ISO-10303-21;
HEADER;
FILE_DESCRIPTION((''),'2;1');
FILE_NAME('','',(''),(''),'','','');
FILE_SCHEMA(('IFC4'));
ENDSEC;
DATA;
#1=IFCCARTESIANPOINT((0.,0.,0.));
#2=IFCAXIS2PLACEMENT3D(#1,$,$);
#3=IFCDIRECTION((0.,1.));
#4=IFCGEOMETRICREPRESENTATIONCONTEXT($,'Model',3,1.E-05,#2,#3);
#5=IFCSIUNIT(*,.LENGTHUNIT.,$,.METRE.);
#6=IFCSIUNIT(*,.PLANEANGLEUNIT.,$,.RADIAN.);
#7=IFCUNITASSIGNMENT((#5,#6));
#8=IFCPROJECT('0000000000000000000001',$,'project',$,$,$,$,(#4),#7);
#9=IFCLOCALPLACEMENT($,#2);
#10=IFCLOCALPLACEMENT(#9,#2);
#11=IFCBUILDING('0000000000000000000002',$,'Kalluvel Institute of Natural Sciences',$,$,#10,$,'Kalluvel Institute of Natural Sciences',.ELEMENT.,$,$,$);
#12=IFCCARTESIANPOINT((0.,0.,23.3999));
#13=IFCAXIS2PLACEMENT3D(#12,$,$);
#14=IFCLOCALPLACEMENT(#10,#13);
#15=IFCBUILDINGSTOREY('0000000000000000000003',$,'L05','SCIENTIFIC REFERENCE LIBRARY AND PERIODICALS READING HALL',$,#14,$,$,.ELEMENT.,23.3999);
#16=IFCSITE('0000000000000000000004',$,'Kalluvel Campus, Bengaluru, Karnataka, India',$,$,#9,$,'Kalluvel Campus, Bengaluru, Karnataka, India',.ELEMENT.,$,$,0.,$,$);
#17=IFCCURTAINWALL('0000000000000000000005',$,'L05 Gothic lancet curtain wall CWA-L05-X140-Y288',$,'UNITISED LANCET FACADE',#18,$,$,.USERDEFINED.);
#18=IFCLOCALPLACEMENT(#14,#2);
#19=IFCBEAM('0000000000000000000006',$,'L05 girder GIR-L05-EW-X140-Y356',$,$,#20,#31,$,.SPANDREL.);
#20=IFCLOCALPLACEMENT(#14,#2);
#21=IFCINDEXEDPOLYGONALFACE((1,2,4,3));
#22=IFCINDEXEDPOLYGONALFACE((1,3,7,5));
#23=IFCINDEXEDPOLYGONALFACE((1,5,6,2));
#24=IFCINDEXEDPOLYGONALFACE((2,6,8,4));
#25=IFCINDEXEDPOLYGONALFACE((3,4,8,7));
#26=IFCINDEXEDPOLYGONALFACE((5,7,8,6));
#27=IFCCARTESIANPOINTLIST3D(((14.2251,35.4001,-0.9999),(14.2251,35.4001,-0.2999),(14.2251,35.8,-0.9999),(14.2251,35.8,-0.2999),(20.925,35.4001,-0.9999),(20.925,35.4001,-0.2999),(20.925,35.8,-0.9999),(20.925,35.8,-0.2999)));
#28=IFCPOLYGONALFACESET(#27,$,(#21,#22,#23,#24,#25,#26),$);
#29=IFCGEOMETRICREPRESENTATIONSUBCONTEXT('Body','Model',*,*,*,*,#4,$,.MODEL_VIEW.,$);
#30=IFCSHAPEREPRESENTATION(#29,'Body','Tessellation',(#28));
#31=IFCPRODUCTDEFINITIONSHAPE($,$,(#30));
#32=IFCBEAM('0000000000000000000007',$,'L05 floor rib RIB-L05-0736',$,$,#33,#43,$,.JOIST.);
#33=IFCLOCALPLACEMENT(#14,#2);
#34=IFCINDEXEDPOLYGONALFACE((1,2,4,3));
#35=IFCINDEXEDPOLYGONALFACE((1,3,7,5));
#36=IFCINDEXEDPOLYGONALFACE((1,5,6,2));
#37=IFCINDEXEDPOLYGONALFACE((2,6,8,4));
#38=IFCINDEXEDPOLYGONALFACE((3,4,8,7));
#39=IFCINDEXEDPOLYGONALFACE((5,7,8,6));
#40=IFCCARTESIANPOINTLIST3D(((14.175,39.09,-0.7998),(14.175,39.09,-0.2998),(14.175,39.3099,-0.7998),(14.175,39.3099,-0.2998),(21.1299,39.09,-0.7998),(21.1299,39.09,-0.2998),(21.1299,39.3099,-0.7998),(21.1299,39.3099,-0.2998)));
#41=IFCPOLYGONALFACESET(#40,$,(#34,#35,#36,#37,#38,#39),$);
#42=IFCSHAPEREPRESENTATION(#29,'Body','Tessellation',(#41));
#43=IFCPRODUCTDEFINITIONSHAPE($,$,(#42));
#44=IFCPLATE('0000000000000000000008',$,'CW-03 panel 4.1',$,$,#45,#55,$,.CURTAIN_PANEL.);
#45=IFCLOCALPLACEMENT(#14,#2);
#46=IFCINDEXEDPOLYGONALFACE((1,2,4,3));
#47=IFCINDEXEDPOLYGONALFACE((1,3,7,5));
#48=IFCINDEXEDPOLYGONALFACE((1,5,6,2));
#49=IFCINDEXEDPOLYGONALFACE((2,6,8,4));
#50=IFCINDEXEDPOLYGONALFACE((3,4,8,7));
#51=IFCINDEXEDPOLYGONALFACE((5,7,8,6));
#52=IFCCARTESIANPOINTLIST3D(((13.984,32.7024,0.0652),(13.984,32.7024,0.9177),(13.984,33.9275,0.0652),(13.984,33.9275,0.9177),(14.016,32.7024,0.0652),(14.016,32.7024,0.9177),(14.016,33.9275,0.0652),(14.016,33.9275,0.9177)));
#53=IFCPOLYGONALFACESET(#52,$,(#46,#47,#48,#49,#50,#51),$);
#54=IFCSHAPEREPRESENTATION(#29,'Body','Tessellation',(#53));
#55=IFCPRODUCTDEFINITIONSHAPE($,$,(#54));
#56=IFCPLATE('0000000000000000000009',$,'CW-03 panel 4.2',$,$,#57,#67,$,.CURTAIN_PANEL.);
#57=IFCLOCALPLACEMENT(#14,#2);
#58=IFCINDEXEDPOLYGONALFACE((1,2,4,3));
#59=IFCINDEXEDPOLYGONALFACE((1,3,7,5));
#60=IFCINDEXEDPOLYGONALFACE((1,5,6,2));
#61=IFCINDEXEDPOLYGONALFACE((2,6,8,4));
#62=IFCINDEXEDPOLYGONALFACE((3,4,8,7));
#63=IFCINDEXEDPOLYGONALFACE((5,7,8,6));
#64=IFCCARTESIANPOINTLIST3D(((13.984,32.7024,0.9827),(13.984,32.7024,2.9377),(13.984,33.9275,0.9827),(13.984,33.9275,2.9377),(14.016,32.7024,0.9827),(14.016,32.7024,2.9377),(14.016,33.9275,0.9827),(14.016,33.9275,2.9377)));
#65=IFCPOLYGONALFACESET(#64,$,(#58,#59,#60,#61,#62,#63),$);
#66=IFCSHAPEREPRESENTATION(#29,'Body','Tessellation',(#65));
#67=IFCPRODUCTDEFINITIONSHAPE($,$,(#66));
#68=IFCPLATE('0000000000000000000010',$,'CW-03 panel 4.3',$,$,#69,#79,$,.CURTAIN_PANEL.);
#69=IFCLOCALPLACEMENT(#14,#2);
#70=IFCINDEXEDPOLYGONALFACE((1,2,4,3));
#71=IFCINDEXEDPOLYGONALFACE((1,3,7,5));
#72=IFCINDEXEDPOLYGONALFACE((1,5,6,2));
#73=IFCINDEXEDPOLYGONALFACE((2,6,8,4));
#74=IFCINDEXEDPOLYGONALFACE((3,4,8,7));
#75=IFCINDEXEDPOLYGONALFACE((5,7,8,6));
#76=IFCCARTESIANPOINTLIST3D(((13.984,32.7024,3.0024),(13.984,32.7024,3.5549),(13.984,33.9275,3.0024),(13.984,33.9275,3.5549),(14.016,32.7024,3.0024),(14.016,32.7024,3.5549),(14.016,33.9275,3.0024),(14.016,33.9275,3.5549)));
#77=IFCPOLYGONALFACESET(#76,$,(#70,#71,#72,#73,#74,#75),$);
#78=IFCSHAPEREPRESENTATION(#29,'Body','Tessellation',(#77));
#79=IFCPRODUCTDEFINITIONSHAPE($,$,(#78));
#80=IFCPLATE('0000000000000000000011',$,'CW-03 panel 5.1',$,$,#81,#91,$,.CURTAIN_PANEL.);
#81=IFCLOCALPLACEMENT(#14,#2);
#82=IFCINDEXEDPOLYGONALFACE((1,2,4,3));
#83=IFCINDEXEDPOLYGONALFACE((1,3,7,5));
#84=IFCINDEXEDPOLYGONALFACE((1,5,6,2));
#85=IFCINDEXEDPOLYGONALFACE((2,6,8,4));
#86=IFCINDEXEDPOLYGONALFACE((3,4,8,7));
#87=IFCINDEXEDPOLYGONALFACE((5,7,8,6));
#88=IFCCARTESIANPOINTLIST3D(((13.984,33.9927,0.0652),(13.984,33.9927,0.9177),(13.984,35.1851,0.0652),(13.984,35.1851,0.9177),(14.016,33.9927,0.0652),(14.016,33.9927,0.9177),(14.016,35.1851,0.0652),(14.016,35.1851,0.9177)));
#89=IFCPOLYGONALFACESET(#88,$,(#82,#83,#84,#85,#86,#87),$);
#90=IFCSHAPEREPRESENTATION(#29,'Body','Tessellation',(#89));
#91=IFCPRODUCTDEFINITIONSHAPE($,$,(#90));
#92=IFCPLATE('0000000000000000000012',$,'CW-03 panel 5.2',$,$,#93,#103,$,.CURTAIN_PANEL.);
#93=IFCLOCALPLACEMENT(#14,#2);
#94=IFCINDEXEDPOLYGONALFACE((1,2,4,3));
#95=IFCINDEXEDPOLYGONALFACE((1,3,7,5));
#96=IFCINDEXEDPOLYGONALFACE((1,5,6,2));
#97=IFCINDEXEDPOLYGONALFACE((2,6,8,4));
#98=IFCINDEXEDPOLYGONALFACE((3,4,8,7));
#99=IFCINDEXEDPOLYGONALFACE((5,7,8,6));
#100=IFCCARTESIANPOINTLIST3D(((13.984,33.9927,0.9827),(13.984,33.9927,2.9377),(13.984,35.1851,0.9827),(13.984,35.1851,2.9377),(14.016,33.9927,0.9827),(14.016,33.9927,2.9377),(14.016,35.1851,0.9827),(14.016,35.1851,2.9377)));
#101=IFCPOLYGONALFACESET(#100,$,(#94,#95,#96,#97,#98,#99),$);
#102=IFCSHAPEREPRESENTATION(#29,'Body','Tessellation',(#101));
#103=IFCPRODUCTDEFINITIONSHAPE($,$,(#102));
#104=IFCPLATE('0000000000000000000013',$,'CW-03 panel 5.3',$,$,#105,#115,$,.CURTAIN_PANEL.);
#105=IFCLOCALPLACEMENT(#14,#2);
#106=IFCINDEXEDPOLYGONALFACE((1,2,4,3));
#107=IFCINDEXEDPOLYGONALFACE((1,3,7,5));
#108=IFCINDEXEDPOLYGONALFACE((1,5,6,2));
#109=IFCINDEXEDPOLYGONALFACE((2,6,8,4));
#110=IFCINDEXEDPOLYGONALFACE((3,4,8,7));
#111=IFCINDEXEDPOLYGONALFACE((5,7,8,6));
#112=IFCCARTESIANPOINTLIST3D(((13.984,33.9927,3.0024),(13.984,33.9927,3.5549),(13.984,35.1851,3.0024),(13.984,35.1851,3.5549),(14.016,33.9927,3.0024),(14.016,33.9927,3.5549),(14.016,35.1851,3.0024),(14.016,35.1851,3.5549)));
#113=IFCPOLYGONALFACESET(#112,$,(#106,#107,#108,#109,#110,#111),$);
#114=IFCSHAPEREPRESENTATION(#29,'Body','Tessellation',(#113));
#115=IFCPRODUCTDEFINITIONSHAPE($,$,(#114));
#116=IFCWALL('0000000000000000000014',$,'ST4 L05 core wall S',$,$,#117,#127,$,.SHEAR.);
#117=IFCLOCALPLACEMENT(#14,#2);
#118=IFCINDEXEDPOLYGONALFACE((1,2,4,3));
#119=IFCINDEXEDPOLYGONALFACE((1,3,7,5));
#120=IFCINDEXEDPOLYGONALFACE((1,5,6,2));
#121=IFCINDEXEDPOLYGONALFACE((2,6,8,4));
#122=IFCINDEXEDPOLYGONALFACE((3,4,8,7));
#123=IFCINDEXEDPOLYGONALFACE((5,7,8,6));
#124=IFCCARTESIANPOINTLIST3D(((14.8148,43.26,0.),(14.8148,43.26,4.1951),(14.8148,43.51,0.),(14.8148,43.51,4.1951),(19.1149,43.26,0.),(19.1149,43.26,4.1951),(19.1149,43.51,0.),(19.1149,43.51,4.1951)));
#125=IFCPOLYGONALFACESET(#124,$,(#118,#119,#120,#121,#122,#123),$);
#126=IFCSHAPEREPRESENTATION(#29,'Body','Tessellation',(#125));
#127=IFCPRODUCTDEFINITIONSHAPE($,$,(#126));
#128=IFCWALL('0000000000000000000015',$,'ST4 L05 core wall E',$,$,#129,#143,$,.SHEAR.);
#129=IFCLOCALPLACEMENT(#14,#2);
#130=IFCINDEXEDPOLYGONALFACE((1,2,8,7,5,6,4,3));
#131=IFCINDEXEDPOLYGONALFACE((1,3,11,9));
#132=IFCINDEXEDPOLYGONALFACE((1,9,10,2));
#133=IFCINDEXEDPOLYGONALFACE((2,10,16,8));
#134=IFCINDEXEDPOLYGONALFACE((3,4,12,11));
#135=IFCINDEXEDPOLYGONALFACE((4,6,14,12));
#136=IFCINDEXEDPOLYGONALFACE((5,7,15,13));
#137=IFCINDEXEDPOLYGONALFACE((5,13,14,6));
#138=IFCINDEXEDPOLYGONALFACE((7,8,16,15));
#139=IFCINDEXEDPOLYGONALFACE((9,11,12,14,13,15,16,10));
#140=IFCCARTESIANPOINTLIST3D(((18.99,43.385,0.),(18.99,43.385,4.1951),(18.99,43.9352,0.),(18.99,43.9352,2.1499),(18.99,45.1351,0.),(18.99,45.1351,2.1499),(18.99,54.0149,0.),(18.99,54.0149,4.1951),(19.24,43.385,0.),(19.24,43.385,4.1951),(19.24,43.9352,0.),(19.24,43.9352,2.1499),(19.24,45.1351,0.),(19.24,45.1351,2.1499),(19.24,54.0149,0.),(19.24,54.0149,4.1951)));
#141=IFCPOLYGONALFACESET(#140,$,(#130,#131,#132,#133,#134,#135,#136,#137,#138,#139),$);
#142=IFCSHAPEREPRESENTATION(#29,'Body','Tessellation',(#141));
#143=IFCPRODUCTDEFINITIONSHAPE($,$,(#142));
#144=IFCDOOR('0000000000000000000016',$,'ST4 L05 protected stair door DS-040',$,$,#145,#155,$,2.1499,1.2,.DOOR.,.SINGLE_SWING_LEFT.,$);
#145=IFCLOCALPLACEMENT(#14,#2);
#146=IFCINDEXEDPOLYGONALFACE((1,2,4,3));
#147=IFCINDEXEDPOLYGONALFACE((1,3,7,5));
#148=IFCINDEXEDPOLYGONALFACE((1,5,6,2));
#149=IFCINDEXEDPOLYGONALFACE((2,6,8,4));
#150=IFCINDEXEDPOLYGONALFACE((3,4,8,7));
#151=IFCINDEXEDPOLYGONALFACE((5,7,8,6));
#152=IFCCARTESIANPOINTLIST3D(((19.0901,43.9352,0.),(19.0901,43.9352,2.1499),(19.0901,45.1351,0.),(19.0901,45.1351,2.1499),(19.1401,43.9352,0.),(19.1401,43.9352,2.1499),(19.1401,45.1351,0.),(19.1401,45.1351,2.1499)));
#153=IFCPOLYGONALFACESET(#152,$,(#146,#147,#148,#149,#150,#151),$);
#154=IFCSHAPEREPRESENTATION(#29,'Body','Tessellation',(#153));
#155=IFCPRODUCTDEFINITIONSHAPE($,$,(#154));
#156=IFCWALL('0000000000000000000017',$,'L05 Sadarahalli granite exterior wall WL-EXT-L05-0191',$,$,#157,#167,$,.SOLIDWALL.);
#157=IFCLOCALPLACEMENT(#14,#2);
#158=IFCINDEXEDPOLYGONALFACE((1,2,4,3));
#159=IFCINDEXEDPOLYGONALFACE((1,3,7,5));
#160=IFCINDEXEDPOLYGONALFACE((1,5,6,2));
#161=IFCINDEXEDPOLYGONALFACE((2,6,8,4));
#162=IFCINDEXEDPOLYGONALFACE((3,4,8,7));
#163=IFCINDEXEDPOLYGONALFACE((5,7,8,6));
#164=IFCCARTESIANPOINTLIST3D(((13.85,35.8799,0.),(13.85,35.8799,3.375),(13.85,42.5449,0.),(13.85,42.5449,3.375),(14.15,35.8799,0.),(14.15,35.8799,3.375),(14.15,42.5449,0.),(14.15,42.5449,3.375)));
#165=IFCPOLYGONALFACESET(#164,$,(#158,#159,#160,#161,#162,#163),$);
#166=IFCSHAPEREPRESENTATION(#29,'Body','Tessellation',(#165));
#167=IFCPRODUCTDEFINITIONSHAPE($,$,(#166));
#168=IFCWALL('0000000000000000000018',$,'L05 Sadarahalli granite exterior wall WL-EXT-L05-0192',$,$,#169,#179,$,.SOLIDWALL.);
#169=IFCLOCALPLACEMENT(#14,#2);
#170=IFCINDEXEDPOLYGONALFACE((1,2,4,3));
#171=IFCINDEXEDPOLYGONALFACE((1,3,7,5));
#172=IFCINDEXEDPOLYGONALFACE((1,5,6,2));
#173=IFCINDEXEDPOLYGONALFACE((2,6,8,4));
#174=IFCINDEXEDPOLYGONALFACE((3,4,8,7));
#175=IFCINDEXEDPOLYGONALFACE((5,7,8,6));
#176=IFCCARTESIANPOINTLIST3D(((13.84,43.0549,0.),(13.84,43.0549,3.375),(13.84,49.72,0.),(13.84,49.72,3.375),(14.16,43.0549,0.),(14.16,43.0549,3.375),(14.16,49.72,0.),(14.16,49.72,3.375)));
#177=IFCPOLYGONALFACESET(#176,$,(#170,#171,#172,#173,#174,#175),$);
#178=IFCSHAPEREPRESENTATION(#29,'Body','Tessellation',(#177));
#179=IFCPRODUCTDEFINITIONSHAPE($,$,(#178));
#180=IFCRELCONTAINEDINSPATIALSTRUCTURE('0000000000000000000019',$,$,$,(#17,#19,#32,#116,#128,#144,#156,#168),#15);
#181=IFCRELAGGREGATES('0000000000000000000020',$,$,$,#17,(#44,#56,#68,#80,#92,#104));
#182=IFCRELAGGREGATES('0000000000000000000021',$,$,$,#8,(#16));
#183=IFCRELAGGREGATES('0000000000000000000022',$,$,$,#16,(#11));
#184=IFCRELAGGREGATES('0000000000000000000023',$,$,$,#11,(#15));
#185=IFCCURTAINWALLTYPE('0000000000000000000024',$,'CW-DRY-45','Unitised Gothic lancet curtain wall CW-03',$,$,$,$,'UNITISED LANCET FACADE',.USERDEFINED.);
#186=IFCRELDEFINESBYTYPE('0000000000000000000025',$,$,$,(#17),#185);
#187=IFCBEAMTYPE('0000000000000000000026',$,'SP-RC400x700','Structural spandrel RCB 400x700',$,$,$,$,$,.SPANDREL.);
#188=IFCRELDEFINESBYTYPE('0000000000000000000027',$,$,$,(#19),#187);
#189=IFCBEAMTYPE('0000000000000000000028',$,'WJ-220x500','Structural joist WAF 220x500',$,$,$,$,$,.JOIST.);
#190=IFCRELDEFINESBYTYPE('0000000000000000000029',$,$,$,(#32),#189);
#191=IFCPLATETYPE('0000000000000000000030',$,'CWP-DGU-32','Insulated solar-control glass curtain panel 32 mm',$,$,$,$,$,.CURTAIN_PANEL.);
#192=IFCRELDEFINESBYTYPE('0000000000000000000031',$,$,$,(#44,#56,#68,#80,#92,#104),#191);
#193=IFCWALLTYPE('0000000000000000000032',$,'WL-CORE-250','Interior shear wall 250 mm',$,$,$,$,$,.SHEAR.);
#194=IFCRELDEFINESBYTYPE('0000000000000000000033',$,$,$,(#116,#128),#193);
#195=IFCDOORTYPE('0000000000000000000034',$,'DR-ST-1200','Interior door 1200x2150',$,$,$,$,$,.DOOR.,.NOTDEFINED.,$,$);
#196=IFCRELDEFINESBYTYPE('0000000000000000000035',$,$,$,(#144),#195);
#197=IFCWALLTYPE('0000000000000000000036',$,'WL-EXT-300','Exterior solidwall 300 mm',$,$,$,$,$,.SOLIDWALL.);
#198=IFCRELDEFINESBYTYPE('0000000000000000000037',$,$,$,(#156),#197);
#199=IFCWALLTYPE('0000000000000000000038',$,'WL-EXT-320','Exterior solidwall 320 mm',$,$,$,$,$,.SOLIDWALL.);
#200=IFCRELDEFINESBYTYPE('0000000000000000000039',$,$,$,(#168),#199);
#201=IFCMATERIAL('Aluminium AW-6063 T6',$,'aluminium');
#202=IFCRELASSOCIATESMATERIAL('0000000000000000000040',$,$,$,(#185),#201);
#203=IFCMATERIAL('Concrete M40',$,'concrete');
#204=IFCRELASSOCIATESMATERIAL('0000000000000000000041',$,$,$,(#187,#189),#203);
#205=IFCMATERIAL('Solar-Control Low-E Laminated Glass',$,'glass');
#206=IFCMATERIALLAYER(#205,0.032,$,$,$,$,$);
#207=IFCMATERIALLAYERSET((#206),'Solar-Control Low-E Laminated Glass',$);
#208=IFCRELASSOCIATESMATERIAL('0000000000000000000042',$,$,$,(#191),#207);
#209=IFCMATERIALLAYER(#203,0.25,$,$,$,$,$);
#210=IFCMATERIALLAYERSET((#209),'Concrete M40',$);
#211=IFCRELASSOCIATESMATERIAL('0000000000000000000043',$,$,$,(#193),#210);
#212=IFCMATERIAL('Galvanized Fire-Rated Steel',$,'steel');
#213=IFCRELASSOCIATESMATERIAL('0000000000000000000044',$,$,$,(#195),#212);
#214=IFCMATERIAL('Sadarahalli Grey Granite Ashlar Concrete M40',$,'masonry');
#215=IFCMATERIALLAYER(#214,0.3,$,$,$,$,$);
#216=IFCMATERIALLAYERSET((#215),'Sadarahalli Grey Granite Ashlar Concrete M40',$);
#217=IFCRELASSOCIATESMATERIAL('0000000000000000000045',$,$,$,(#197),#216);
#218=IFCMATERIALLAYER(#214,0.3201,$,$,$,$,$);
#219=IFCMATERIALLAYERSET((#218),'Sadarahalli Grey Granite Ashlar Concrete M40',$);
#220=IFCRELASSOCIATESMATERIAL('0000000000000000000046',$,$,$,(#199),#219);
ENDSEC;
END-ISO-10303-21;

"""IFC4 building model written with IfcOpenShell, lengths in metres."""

from ifc_helpers import new_model, si_unit, direction, frame, frame_2d, origin, origin_2d, place, context, subcontext, project, spatial, rectangle, extrude, material, layer, layer_set, material_profile, profile_set, type_object, element, fill, aggregate, save


model = new_model("IFC4")

# Units and contexts
model_context = context("Model", 3, precision=1e-05, world=origin(), true_north=direction((0.0, 1.0)))
body_context = subcontext(model_context, "Body", "Model", "MODEL_VIEW")
ifc_project = project(units=[si_unit("LENGTHUNIT", "METRE"), si_unit("PLANEANGLEUNIT", "RADIAN")], contexts=[model_context])

# Site, building, storey
site_placement = place(None, origin())
site = spatial("IfcSite", under=ifc_project, at=site_placement, Name="Kalluvel Campus, Bengaluru, Karnataka, India", LongName="Kalluvel Campus, Bengaluru, Karnataka, India", CompositionType="ELEMENT", RefElevation=0.0)
building_placement = place(site_placement, origin())
building = spatial("IfcBuilding", under=site, at=building_placement, Name="Kalluvel Institute of Natural Sciences", LongName="Kalluvel Institute of Natural Sciences", CompositionType="ELEMENT")
storey_placement = place(building_placement, frame((0.0, 0.0, 23.3999)))
storey = spatial("IfcBuildingStorey", under=building, at=storey_placement, Name="L05", Description="SCIENTIFIC REFERENCE LIBRARY AND PERIODICALS READING HALL", CompositionType="ELEMENT", Elevation=23.3999)

# Shared definitions
ifc_material_1 = material(Name="Concrete M40", Category="concrete")

# Curtain wall
ifc_material_2 = material(Name="Aluminium AW-6063 T6", Category="aluminium")
curtain_wall_type = type_object("IfcCurtainWallType", Name="CW-DRY-45", Description="Unitised Gothic lancet curtain wall CW-03", ElementType="UNITISED LANCET FACADE", PredefinedType="USERDEFINED", material=ifc_material_2)
curtain_wall_placement = place(storey_placement, origin())
curtain_wall = element("IfcCurtainWall", 1, at=curtain_wall_placement, inside=storey, type_object=curtain_wall_type, Name="L05 Gothic lancet curtain wall CWA-L05-X140-Y288", ObjectType="UNITISED LANCET FACADE", PredefinedType="USERDEFINED")

# Beams
ifc_material_profile_1 = material_profile(ifc_material_1, rectangle(XDim=0.3999, YDim=0.7, at=origin_2d()), Name="RCB 400x700")
ifc_profile_set_1 = profile_set([ifc_material_profile_1], Name="Concrete M40")
beam_type_1 = type_object("IfcBeamType", Name="SP-RC400x700", Description="Structural spandrel RCB 400x700", PredefinedType="SPANDREL", material=ifc_profile_set_1)
beam_1_placement = place(storey_placement, frame((14.2251, 35.6001, -0.6499), z_axis=(1.0, 0.0, 0.0), x_axis=(0.0, 1.0, 0.0)))
element("IfcBeam", 2, at=beam_1_placement, inside=storey, type_object=beam_type_1, Name="L05 girder GIR-L05-EW-X140-Y356", PredefinedType="SPANDREL", context=body_context, shape_type="SweptSolid", body=[
    extrude(rectangle(XDim=0.3999, YDim=0.7, at=origin_2d()), origin(), (0.0, 0.0, 1.0), 6.7),
])
ifc_material_profile_2 = material_profile(ifc_material_1, rectangle(XDim=0.22, YDim=0.5, at=origin_2d()), Name="WAF 220x500")
ifc_profile_set_2 = profile_set([ifc_material_profile_2], Name="Concrete M40")
beam_type_2 = type_object("IfcBeamType", Name="WJ-220x500", Description="Structural joist WAF 220x500", PredefinedType="JOIST", material=ifc_profile_set_2)
beam_2_placement = place(storey_placement, frame((14.175, 39.2, -0.5498), z_axis=(1.0, 0.0, 0.0), x_axis=(0.0, 1.0, 0.0)))
element("IfcBeam", 3, at=beam_2_placement, inside=storey, type_object=beam_type_2, Name="L05 floor rib RIB-L05-0736", PredefinedType="JOIST", context=body_context, shape_type="SweptSolid", body=[
    extrude(rectangle(XDim=0.22, YDim=0.5, at=origin_2d()), origin(), (0.0, 0.0, 1.0), 6.9548),
])

# Plates
ifc_material_3 = material(Name="Solar-Control Low-E Laminated Glass", Category="glass")
ifc_layer_1 = layer(ifc_material_3, 0.032)
ifc_layer_set_1 = layer_set([ifc_layer_1], Name="Solar-Control Low-E Laminated Glass")
plate_type = type_object("IfcPlateType", Name="CWP-DGU-32", Description="Insulated solar-control glass curtain panel 32 mm", PredefinedType="CURTAIN_PANEL", material=ifc_layer_set_1)
plate_1_placement = place(storey_placement, frame((14.0, 33.3149, 0.0652), z_axis=(0.0, 0.0, 1.0), x_axis=(0.0, 1.0, 0.0)))
plate_1 = element("IfcPlate", 4, at=plate_1_placement, type_object=plate_type, Name="CW-03 panel 4.1", PredefinedType="CURTAIN_PANEL", context=body_context, shape_type="SweptSolid", body=[
    extrude(rectangle(XDim=1.2251, YDim=0.032, at=origin_2d()), origin(), (0.0, 0.0, 1.0), 0.8525),
])
plate_2_placement = place(storey_placement, frame((14.0, 33.3149, 0.9827), z_axis=(0.0, 0.0, 1.0), x_axis=(0.0, 1.0, 0.0)))
plate_2 = element("IfcPlate", 5, at=plate_2_placement, type_object=plate_type, Name="CW-03 panel 4.2", PredefinedType="CURTAIN_PANEL", context=body_context, shape_type="SweptSolid", body=[
    extrude(rectangle(XDim=1.2251, YDim=0.032, at=origin_2d()), origin(), (0.0, 0.0, 1.0), 1.9551),
])
plate_3_placement = place(storey_placement, frame((14.0, 33.3149, 3.0024), z_axis=(0.0, 0.0, 1.0), x_axis=(0.0, 1.0, 0.0)))
plate_3 = element("IfcPlate", 6, at=plate_3_placement, type_object=plate_type, Name="CW-03 panel 4.3", PredefinedType="CURTAIN_PANEL", context=body_context, shape_type="SweptSolid", body=[
    extrude(rectangle(XDim=1.2251, YDim=0.032, at=origin_2d()), origin(), (0.0, 0.0, 1.0), 0.5525),
])
plate_4_placement = place(storey_placement, frame((14.0, 34.5889, 0.0652), z_axis=(0.0, 0.0, 1.0), x_axis=(0.0, 1.0, 0.0)))
plate_4 = element("IfcPlate", 7, at=plate_4_placement, type_object=plate_type, Name="CW-03 panel 5.1", PredefinedType="CURTAIN_PANEL", context=body_context, shape_type="SweptSolid", body=[
    extrude(rectangle(XDim=1.1924, YDim=0.032, at=origin_2d()), origin(), (0.0, 0.0, 1.0), 0.8525),
])
plate_5_placement = place(storey_placement, frame((14.0, 34.5889, 0.9827), z_axis=(0.0, 0.0, 1.0), x_axis=(0.0, 1.0, 0.0)))
plate_5 = element("IfcPlate", 8, at=plate_5_placement, type_object=plate_type, Name="CW-03 panel 5.2", PredefinedType="CURTAIN_PANEL", context=body_context, shape_type="SweptSolid", body=[
    extrude(rectangle(XDim=1.1924, YDim=0.032, at=origin_2d()), origin(), (0.0, 0.0, 1.0), 1.9551),
])
plate_6_placement = place(storey_placement, frame((14.0, 34.5889, 3.0024), z_axis=(0.0, 0.0, 1.0), x_axis=(0.0, 1.0, 0.0)))
plate_6 = element("IfcPlate", 9, at=plate_6_placement, type_object=plate_type, Name="CW-03 panel 5.3", PredefinedType="CURTAIN_PANEL", context=body_context, shape_type="SweptSolid", body=[
    extrude(rectangle(XDim=1.1924, YDim=0.032, at=origin_2d()), origin(), (0.0, 0.0, 1.0), 0.5525),
])
aggregate(curtain_wall, [plate_1, plate_2, plate_3, plate_4, plate_5, plate_6])

# Wall
ifc_layer_2 = layer(ifc_material_1, 0.25)
ifc_layer_set_2 = layer_set([ifc_layer_2], Name="Concrete M40")
wall_type_1 = type_object("IfcWallType", Name="WL-CORE-250", Description="Interior shear wall 250 mm", PredefinedType="SHEAR", material=ifc_layer_set_2)
wall_1_placement = place(storey_placement, frame((14.8149, 43.385, 0.0), z_axis=(0.0, 0.0, 1.0), x_axis=(1.0, 0.0, 0.0)))
element("IfcWall", 10, at=wall_1_placement, inside=storey, type_object=wall_type_1, Name="ST4 L05 core wall S", PredefinedType="SHEAR", context=body_context, shape_type="SweptSolid", body=[
    extrude(rectangle(XDim=4.3, YDim=0.25, at=frame_2d((2.1499, 0.0))), origin(), (0.0, 0.0, 1.0), 4.1951),
])

# Wall, opening, door
wall_2_placement = place(storey_placement, frame((19.115, 43.385, 0.0), z_axis=(0.0, 0.0, 1.0), x_axis=(0.0, 1.0, 0.0)))
wall_2 = element("IfcWall", 11, at=wall_2_placement, inside=storey, type_object=wall_type_1, Name="ST4 L05 core wall E", PredefinedType="SHEAR", context=body_context, shape_type="SweptSolid", body=[
    extrude(rectangle(XDim=10.6299, YDim=0.25, at=frame_2d((5.3149, 0.0))), origin(), (0.0, 0.0, 1.0), 4.1951),
])
opening_placement = place(wall_2_placement, frame((0.55, 0.0, 0.0)))
opening = element("IfcOpeningElement", 12, at=opening_placement, cuts=wall_2, PredefinedType="OPENING", context=body_context, shape_type="SweptSolid", body=[
    extrude(rectangle(XDim=1.2, YDim=2.1499, at=frame_2d((0.6001, 1.075))), frame((0.0, 0.135, 0.0), z_axis=(0.0, -1.0, 0.0), x_axis=(1.0, 0.0, 0.0)), (0.0, 0.0, 1.0), 0.27),
])
ifc_material_4 = material(Name="Galvanized Fire-Rated Steel", Category="steel")
door_type = type_object("IfcDoorType", Name="DR-ST-1200", Description="Interior door 1200x2150", OperationType="NOTDEFINED", PredefinedType="DOOR", material=ifc_material_4)
door_placement = place(opening_placement, origin())
door = element("IfcDoor", 13, at=door_placement, inside=storey, type_object=door_type, Name="ST4 L05 protected stair door DS-040", OperationType="SINGLE_SWING_LEFT", OverallHeight=2.1499, OverallWidth=1.2, PredefinedType="DOOR", context=body_context, shape_type="SweptSolid", body=[
    extrude(rectangle(XDim=1.2, YDim=2.1499, at=frame_2d((0.6001, 1.075))), frame((0.0, 0.0249, 0.0), z_axis=(0.0, -1.0, 0.0), x_axis=(1.0, 0.0, 0.0)), (0.0, 0.0, 1.0), 0.05),
])
fill(opening, door)

# Walls
ifc_material_5 = material(Name="Sadarahalli Grey Granite Ashlar Concrete M40", Category="masonry")
ifc_layer_3 = layer(ifc_material_5, 0.3)
ifc_layer_set_3 = layer_set([ifc_layer_3], Name="Sadarahalli Grey Granite Ashlar Concrete M40")
wall_type_2 = type_object("IfcWallType", Name="WL-EXT-300", Description="Exterior solidwall 300 mm", PredefinedType="SOLIDWALL", material=ifc_layer_set_3)
wall_3_placement = place(storey_placement, frame((14.0, 35.8799, 0.0), z_axis=(0.0, 0.0, 1.0), x_axis=(0.0, 1.0, 0.0)))
element("IfcWall", 14, at=wall_3_placement, inside=storey, type_object=wall_type_2, Name="L05 Sadarahalli granite exterior wall WL-EXT-L05-0191", PredefinedType="SOLIDWALL", context=body_context, shape_type="SweptSolid", body=[
    extrude(rectangle(XDim=6.665, YDim=0.3, at=frame_2d((3.3325, 0.0))), origin(), (0.0, 0.0, 1.0), 3.375),
])
ifc_layer_4 = layer(ifc_material_5, 0.3201)
ifc_layer_set_4 = layer_set([ifc_layer_4], Name="Sadarahalli Grey Granite Ashlar Concrete M40")
wall_type_3 = type_object("IfcWallType", Name="WL-EXT-320", Description="Exterior solidwall 320 mm", PredefinedType="SOLIDWALL", material=ifc_layer_set_4)
wall_4_placement = place(storey_placement, frame((14.0, 43.0549, 0.0), z_axis=(0.0, 0.0, 1.0), x_axis=(0.0, 1.0, 0.0)))
element("IfcWall", 15, at=wall_4_placement, inside=storey, type_object=wall_type_3, Name="L05 Sadarahalli granite exterior wall WL-EXT-L05-0192", PredefinedType="SOLIDWALL", context=body_context, shape_type="SweptSolid", body=[
    extrude(rectangle(XDim=6.665, YDim=0.3201, at=frame_2d((3.3325, 0.0))), origin(), (0.0, 0.0, 1.0), 3.375),
])

save(model, "model.ifc")
